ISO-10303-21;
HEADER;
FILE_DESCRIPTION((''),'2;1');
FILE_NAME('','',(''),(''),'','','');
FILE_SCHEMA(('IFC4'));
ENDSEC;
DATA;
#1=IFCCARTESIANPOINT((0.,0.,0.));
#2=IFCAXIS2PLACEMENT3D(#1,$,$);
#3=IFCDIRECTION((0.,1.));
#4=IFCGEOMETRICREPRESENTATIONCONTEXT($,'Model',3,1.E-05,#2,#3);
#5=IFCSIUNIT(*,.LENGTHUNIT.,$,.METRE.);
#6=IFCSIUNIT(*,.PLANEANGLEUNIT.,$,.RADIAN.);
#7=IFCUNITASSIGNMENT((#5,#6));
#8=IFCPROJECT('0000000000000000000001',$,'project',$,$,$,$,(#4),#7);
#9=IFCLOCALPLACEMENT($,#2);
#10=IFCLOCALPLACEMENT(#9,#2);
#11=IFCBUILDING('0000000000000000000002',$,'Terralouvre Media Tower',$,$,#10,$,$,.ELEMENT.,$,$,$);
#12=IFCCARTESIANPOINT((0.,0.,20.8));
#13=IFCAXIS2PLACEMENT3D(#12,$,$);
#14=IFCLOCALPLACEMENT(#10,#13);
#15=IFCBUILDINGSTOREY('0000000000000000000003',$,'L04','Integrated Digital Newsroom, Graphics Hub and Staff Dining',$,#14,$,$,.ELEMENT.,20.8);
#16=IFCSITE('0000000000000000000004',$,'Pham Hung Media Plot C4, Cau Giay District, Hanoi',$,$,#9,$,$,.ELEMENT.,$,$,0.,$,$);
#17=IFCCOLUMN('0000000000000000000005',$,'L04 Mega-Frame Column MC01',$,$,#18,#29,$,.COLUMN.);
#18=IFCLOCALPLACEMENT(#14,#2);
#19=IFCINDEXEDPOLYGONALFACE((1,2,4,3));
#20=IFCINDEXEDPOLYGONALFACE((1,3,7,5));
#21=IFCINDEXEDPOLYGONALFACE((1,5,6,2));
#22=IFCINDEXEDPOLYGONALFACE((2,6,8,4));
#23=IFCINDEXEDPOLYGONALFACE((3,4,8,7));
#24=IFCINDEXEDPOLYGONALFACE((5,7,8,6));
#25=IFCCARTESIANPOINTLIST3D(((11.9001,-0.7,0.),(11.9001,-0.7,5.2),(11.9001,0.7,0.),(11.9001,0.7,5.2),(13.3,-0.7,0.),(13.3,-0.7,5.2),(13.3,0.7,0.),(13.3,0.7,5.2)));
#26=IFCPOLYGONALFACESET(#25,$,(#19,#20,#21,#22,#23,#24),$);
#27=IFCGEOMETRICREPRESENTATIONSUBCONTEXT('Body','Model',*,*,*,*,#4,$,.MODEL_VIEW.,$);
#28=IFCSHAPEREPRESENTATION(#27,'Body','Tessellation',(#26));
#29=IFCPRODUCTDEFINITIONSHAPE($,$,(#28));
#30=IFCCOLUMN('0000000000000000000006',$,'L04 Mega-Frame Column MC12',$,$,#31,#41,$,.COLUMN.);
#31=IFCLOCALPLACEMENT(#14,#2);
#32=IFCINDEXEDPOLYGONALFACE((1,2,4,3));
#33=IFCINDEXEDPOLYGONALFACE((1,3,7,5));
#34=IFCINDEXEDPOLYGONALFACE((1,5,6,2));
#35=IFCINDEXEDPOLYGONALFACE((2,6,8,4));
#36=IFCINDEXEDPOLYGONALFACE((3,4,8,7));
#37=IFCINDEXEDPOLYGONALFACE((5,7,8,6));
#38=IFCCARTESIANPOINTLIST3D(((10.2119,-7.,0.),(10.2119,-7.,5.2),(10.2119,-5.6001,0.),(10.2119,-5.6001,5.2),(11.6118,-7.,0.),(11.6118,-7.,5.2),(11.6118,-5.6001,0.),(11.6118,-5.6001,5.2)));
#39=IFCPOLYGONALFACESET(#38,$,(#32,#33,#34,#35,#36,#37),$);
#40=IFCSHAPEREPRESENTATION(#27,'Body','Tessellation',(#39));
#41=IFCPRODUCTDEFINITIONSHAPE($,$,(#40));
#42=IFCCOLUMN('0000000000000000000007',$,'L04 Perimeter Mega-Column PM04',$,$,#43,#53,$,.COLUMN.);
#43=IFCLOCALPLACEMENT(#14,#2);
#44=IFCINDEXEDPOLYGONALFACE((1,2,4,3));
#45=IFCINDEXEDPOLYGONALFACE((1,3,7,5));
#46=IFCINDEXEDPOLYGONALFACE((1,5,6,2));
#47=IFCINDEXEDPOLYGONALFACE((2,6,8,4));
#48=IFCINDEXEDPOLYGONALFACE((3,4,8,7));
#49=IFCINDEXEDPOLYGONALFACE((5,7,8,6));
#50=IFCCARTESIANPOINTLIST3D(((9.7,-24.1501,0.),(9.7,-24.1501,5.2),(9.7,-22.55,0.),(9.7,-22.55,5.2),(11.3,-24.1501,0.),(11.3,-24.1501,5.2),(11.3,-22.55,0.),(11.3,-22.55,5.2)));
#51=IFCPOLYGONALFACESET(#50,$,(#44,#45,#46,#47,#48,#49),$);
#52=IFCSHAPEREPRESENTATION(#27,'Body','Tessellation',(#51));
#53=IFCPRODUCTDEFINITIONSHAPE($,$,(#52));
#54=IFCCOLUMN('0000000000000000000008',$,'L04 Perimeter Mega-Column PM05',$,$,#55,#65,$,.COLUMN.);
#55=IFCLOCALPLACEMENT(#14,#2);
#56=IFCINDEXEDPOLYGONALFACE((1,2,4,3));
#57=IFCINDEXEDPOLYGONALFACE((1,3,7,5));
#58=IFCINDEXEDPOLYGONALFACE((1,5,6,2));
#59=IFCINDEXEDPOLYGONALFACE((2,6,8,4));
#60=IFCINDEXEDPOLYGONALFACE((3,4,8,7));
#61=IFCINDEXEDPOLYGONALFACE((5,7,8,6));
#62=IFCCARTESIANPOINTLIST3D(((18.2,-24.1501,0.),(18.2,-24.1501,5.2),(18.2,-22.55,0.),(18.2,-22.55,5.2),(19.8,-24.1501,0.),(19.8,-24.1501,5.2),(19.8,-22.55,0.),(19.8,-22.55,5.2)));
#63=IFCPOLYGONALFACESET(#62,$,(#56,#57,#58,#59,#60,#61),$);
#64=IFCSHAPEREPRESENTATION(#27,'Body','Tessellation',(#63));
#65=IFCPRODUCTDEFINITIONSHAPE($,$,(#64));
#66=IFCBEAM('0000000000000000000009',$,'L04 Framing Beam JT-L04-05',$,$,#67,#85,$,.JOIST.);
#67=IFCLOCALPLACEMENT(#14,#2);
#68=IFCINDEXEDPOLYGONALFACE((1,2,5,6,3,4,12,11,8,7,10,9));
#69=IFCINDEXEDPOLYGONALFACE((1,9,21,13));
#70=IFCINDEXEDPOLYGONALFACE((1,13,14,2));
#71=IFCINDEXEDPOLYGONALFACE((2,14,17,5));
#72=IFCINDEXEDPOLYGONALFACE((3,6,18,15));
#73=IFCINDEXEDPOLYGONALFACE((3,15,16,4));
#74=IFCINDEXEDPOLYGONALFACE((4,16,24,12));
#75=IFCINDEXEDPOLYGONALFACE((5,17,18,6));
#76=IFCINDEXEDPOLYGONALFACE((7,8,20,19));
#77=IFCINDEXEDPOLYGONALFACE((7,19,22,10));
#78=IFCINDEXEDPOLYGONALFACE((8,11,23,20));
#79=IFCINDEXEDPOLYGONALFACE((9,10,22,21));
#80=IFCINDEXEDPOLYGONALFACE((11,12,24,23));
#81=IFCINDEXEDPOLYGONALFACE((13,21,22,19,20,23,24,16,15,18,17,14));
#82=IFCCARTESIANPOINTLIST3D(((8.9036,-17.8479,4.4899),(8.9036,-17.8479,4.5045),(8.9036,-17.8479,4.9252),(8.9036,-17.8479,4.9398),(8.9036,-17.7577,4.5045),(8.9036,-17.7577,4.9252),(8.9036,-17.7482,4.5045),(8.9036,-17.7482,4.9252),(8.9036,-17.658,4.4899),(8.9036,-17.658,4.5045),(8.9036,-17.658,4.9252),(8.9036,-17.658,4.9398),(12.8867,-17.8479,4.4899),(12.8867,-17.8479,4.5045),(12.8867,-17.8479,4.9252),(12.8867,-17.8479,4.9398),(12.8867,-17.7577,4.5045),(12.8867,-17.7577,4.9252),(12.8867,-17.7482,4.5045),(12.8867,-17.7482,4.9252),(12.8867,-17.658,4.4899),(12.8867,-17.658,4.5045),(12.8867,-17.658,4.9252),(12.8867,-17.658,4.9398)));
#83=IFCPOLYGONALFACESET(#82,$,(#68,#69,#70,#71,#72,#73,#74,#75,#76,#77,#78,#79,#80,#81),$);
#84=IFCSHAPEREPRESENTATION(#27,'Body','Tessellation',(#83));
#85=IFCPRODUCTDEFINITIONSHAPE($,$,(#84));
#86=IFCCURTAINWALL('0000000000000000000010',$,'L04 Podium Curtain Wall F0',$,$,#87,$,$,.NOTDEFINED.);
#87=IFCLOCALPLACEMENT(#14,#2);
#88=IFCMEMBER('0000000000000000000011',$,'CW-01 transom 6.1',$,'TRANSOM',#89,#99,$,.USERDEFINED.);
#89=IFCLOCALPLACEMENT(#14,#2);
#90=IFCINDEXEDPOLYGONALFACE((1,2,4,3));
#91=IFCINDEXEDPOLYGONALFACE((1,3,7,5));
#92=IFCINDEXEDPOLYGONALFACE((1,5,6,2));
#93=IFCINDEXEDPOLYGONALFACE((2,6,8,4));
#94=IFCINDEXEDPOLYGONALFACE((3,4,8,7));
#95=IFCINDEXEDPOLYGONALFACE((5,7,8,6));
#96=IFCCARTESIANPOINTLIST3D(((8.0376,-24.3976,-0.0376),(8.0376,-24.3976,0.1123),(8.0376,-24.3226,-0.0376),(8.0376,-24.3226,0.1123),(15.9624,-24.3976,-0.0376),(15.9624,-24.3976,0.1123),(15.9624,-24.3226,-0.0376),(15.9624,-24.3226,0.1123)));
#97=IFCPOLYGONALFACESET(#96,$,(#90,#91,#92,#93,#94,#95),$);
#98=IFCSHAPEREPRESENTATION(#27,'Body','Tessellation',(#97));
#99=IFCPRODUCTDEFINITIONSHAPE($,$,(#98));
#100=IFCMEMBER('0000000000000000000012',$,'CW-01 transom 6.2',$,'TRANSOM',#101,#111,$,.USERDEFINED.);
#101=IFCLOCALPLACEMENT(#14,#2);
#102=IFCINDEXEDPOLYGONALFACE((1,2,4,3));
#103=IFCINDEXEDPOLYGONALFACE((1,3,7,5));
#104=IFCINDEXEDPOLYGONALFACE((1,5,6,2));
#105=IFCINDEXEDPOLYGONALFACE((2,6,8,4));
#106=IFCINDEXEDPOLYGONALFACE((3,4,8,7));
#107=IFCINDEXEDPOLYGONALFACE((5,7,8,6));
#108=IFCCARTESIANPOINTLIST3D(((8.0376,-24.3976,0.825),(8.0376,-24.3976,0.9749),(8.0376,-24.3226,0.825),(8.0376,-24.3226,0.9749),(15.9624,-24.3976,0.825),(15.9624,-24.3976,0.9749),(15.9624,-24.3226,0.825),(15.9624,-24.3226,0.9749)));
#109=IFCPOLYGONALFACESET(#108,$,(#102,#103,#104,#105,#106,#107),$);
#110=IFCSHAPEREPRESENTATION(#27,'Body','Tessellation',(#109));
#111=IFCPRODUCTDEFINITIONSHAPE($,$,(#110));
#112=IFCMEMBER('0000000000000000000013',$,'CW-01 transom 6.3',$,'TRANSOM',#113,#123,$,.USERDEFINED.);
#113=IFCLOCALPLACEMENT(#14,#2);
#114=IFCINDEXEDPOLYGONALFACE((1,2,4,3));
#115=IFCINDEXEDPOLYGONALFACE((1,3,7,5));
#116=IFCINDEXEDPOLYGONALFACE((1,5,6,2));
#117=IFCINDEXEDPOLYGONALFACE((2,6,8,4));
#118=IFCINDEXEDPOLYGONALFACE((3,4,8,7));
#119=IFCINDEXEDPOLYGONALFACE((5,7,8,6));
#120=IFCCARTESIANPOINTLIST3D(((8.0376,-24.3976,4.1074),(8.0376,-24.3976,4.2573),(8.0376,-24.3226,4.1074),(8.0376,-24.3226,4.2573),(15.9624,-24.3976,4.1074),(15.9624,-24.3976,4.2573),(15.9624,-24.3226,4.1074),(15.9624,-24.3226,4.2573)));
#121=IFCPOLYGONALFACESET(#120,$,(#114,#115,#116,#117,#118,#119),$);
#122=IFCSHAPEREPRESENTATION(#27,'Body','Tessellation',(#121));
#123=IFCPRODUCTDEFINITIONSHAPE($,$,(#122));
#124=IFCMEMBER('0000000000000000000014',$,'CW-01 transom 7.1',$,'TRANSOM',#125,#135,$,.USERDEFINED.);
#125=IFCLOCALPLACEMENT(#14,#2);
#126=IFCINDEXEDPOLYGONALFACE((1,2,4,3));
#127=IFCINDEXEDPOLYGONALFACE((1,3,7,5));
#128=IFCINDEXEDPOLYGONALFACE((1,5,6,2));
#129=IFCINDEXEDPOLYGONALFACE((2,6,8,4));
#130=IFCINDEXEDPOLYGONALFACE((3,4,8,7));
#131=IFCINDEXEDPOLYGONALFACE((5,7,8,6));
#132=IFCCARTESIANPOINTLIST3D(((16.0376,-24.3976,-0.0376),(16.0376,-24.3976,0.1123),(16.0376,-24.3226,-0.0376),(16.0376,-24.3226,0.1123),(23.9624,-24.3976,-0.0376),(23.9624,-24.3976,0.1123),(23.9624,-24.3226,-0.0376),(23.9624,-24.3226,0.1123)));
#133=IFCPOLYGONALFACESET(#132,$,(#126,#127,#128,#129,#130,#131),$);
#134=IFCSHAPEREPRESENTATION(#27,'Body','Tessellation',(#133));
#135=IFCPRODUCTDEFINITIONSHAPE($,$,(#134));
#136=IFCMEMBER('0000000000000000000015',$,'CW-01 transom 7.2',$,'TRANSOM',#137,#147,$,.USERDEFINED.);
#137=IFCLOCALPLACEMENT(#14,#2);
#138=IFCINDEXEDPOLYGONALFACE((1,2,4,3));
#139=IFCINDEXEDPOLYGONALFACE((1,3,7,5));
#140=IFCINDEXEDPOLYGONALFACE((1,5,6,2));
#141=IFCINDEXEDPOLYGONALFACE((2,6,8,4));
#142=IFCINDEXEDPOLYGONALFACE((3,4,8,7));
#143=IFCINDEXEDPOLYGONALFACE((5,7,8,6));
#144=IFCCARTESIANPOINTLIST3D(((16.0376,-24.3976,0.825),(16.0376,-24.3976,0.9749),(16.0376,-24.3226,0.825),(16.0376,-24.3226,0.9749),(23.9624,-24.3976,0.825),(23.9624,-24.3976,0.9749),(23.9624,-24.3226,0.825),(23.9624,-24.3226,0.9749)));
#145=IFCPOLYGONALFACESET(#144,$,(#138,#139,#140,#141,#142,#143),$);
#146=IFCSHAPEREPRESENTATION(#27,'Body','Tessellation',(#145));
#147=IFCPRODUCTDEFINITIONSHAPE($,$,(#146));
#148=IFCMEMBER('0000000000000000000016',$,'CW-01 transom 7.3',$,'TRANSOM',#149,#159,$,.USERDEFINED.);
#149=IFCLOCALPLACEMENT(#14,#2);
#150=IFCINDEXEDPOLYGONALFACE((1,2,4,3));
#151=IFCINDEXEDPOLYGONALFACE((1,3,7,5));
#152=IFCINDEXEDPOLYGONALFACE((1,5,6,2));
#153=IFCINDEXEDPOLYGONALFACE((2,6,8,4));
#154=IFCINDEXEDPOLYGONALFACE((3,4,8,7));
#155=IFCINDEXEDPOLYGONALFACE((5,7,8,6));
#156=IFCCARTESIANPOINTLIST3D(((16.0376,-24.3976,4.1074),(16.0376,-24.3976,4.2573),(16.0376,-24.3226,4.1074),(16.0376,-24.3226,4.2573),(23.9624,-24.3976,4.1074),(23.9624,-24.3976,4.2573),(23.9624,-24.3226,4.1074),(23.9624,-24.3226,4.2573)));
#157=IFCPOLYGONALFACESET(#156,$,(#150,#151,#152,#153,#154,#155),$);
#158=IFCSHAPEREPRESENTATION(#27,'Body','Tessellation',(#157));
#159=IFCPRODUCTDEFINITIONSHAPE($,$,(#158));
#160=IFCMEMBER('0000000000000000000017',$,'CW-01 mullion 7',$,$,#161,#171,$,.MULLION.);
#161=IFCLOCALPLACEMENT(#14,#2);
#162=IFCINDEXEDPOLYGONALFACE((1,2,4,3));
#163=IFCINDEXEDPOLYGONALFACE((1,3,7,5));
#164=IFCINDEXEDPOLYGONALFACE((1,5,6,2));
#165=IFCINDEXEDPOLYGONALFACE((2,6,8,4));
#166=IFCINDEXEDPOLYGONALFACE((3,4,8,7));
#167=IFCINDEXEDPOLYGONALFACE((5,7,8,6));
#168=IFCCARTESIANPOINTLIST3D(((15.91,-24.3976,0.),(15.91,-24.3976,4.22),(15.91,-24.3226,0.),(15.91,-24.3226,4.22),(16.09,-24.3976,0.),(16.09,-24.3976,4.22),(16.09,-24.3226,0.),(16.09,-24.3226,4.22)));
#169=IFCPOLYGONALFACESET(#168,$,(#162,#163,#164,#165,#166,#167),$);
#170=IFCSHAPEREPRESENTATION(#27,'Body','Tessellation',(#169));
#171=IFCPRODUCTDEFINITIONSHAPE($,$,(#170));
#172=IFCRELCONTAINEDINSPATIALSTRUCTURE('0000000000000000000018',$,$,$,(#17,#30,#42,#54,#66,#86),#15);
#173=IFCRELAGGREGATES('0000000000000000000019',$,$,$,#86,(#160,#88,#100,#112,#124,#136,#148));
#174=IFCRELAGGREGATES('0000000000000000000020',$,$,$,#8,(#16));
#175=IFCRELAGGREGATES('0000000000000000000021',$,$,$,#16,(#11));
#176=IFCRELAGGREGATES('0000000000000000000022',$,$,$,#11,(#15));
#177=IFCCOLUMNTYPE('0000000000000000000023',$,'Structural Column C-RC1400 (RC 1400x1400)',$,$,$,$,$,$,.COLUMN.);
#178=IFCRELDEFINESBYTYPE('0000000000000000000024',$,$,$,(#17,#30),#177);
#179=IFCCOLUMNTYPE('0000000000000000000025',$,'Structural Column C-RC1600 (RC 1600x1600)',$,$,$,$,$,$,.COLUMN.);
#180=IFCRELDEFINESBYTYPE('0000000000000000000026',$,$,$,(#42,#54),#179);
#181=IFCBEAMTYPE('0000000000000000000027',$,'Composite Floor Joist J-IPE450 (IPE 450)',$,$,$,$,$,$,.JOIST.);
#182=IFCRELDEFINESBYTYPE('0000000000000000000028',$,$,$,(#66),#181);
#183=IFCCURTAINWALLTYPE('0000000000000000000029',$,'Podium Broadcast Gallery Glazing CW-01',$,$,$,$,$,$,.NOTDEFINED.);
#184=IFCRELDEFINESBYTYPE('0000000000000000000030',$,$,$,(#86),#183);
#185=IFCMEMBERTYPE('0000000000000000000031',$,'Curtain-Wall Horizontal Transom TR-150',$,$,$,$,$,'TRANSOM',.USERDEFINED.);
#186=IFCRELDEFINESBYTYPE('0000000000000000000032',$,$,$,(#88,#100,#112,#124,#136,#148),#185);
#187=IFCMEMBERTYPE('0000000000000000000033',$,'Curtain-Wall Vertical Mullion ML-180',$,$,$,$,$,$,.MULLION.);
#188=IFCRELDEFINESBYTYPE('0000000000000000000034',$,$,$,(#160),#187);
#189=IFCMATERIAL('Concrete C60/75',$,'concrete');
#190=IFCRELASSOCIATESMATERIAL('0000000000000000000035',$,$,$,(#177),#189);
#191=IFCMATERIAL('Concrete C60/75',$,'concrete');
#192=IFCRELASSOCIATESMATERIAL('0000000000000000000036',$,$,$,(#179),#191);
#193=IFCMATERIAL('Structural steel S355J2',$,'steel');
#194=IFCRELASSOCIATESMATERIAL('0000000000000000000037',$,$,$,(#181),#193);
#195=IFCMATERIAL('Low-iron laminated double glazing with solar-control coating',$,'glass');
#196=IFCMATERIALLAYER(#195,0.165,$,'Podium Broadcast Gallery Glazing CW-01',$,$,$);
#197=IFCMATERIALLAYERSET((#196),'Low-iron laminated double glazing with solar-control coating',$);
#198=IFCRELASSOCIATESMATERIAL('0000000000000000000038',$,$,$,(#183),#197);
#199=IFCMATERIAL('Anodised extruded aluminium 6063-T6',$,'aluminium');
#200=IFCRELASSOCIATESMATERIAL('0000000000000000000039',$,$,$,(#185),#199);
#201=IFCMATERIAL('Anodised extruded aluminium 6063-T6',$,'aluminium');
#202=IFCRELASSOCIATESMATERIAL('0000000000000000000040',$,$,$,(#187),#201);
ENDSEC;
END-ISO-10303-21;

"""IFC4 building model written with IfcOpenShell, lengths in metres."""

from ifc_helpers import new_model, si_unit, direction, frame, origin, origin_2d, place, context, subcontext, project, spatial, rectangle, i_section, extrude, material, layer, layer_set, material_profile, profile_set, type_object, element, aggregate, save


model = new_model("IFC4")

# Units and contexts
model_context = context("Model", 3, precision=1e-05, world=origin(), true_north=direction((0.0, 1.0)))
body_context = subcontext(model_context, "Body", "Model", "MODEL_VIEW")
ifc_project = project(units=[si_unit("LENGTHUNIT", "METRE"), si_unit("PLANEANGLEUNIT", "RADIAN")], contexts=[model_context])

# Site, building, storey
site_placement = place(None, origin())
site = spatial("IfcSite", under=ifc_project, at=site_placement, Name="Pham Hung Media Plot C4, Cau Giay District, Hanoi", CompositionType="ELEMENT", RefElevation=0.0)
building_placement = place(site_placement, origin())
building = spatial("IfcBuilding", under=site, at=building_placement, Name="Terralouvre Media Tower", CompositionType="ELEMENT")
storey_placement = place(building_placement, frame((0.0, 0.0, 20.8)))
storey = spatial("IfcBuildingStorey", under=building, at=storey_placement, Name="L04", Description="Integrated Digital Newsroom, Graphics Hub and Staff Dining", CompositionType="ELEMENT", Elevation=20.8)

# Columns
ifc_material_1 = material(Name="Concrete C60/75", Category="concrete")
ifc_material_profile_1 = material_profile(ifc_material_1, rectangle(XDim=1.3999, YDim=1.3999, at=origin_2d()), Name="RC 1400x1400")
ifc_profile_set_1 = profile_set([ifc_material_profile_1], Name="Concrete C60/75")
column_type_1 = type_object("IfcColumnType", Name="Structural Column C-RC1400 (RC 1400x1400)", PredefinedType="COLUMN", material=ifc_profile_set_1)
for number, where, z_axis, x_axis, name in (
    (1, (12.6001, 0.0, 0.0), (0.0, 0.0, 1.0), (1.0, 0.0, 0.0), "L04 Mega-Frame Column MC01"),
    (2, (10.9119, -6.3, 0.0), (0.0, 0.0, 1.0), (1.0, 0.0, 0.0), "L04 Mega-Frame Column MC12"),
):
    element("IfcColumn", number, at=place(storey_placement, frame(where, z_axis=z_axis, x_axis=x_axis)), inside=storey, type_object=column_type_1, Name=name, PredefinedType="COLUMN", context=body_context, shape_type="SweptSolid", body=[
        extrude(rectangle(XDim=1.3999, YDim=1.3999, at=origin_2d()), origin(), (0.0, 0.0, 1.0), 5.2),
    ])
ifc_material_2 = material(Name="Concrete C60/75", Category="concrete")
ifc_material_profile_2 = material_profile(ifc_material_2, rectangle(XDim=1.6001, YDim=1.6001, at=origin_2d()), Name="RC 1600x1600")
ifc_profile_set_2 = profile_set([ifc_material_profile_2], Name="Concrete C60/75")
column_type_2 = type_object("IfcColumnType", Name="Structural Column C-RC1600 (RC 1600x1600)", PredefinedType="COLUMN", material=ifc_profile_set_2)
for number, where, z_axis, x_axis, name in (
    (3, (10.5, -23.3501, 0.0), (0.0, 0.0, 1.0), (1.0, 0.0, 0.0), "L04 Perimeter Mega-Column PM04"),
    (4, (19.0, -23.3501, 0.0), (0.0, 0.0, 1.0), (1.0, 0.0, 0.0), "L04 Perimeter Mega-Column PM05"),
):
    element("IfcColumn", number, at=place(storey_placement, frame(where, z_axis=z_axis, x_axis=x_axis)), inside=storey, type_object=column_type_2, Name=name, PredefinedType="COLUMN", context=body_context, shape_type="SweptSolid", body=[
        extrude(rectangle(XDim=1.6001, YDim=1.6001, at=origin_2d()), origin(), (0.0, 0.0, 1.0), 5.2),
    ])

# Beam
ifc_material_3 = material(Name="Structural steel S355J2", Category="steel")
ifc_material_profile_3 = material_profile(ifc_material_3, i_section(OverallWidth=0.1899, OverallDepth=0.45, WebThickness=0.0095, FlangeThickness=0.0146, at=origin_2d()), Name="IPE 450")
ifc_profile_set_3 = profile_set([ifc_material_profile_3], Name="Structural steel S355J2")
beam_type_1 = type_object("IfcBeamType", Name="Composite Floor Joist J-IPE450 (IPE 450)", PredefinedType="JOIST", material=ifc_profile_set_3)
beam_1_placement = place(storey_placement, frame((8.9036, -17.7529, 4.7148), z_axis=(1.0, 0.0, 0.0), x_axis=(0.0, 1.0, 0.0)))
element("IfcBeam", 5, at=beam_1_placement, inside=storey, type_object=beam_type_1, Name="L04 Framing Beam JT-L04-05", PredefinedType="JOIST", context=body_context, shape_type="SweptSolid", body=[
    extrude(i_section(OverallWidth=0.1899, OverallDepth=0.45, WebThickness=0.0095, FlangeThickness=0.0146, at=origin_2d()), origin(), (0.0, 0.0, 1.0), 3.9832),
])

# Curtain wall, members
ifc_material_4 = material(Name="Low-iron laminated double glazing with solar-control coating", Category="glass")
ifc_layer_1 = layer(ifc_material_4, 0.165, Name="Podium Broadcast Gallery Glazing CW-01")
ifc_layer_set_1 = layer_set([ifc_layer_1], Name="Low-iron laminated double glazing with solar-control coating")
curtain_wall_type = type_object("IfcCurtainWallType", Name="Podium Broadcast Gallery Glazing CW-01", PredefinedType="NOTDEFINED", material=ifc_layer_set_1)
curtain_wall_placement = place(storey_placement, origin())
curtain_wall = element("IfcCurtainWall", 6, at=curtain_wall_placement, inside=storey, type_object=curtain_wall_type, Name="L04 Podium Curtain Wall F0", PredefinedType="NOTDEFINED")
ifc_material_5 = material(Name="Anodised extruded aluminium 6063-T6", Category="aluminium")
ifc_material_profile_4 = material_profile(ifc_material_5, rectangle(XDim=0.075, YDim=0.1499, at=origin_2d()), Name="ALU 75x150")
ifc_profile_set_4 = profile_set([ifc_material_profile_4], Name="Anodised extruded aluminium 6063-T6")
member_type_1 = type_object("IfcMemberType", Name="Curtain-Wall Horizontal Transom TR-150", ElementType="TRANSOM", PredefinedType="USERDEFINED", material=ifc_profile_set_4)
member_1_placement = place(storey_placement, frame((8.0376, -24.3601, 0.0374), z_axis=(1.0, 0.0, 0.0), x_axis=(0.0, 1.0, 0.0)))
member_1 = element("IfcMember", 7, at=member_1_placement, type_object=member_type_1, Name="CW-01 transom 6.1", ObjectType="TRANSOM", PredefinedType="USERDEFINED", context=body_context, shape_type="SweptSolid", body=[
    extrude(rectangle(XDim=0.075, YDim=0.1499, at=origin_2d()), origin(), (0.0, 0.0, 1.0), 7.9248),
])
member_2_placement = place(storey_placement, frame((8.0376, -24.3601, 0.8999), z_axis=(1.0, 0.0, 0.0), x_axis=(0.0, 1.0, 0.0)))
member_2 = element("IfcMember", 8, at=member_2_placement, type_object=member_type_1, Name="CW-01 transom 6.2", ObjectType="TRANSOM", PredefinedType="USERDEFINED", context=body_context, shape_type="SweptSolid", body=[
    extrude(rectangle(XDim=0.075, YDim=0.1499, at=origin_2d()), origin(), (0.0, 0.0, 1.0), 7.9248),
])
member_3_placement = place(storey_placement, frame((8.0376, -24.3601, 4.1824), z_axis=(1.0, 0.0, 0.0), x_axis=(0.0, 1.0, 0.0)))
member_3 = element("IfcMember", 9, at=member_3_placement, type_object=member_type_1, Name="CW-01 transom 6.3", ObjectType="TRANSOM", PredefinedType="USERDEFINED", context=body_context, shape_type="SweptSolid", body=[
    extrude(rectangle(XDim=0.075, YDim=0.1499, at=origin_2d()), origin(), (0.0, 0.0, 1.0), 7.9248),
])
member_4_placement = place(storey_placement, frame((16.0376, -24.3601, 0.0374), z_axis=(1.0, 0.0, 0.0), x_axis=(0.0, 1.0, 0.0)))
member_4 = element("IfcMember", 10, at=member_4_placement, type_object=member_type_1, Name="CW-01 transom 7.1", ObjectType="TRANSOM", PredefinedType="USERDEFINED", context=body_context, shape_type="SweptSolid", body=[
    extrude(rectangle(XDim=0.075, YDim=0.1499, at=origin_2d()), origin(), (0.0, 0.0, 1.0), 7.9248),
])
member_5_placement = place(storey_placement, frame((16.0376, -24.3601, 0.8999), z_axis=(1.0, 0.0, 0.0), x_axis=(0.0, 1.0, 0.0)))
member_5 = element("IfcMember", 11, at=member_5_placement, type_object=member_type_1, Name="CW-01 transom 7.2", ObjectType="TRANSOM", PredefinedType="USERDEFINED", context=body_context, shape_type="SweptSolid", body=[
    extrude(rectangle(XDim=0.075, YDim=0.1499, at=origin_2d()), origin(), (0.0, 0.0, 1.0), 7.9248),
])
member_6_placement = place(storey_placement, frame((16.0376, -24.3601, 4.1824), z_axis=(1.0, 0.0, 0.0), x_axis=(0.0, 1.0, 0.0)))
member_6 = element("IfcMember", 12, at=member_6_placement, type_object=member_type_1, Name="CW-01 transom 7.3", ObjectType="TRANSOM", PredefinedType="USERDEFINED", context=body_context, shape_type="SweptSolid", body=[
    extrude(rectangle(XDim=0.075, YDim=0.1499, at=origin_2d()), origin(), (0.0, 0.0, 1.0), 7.9248),
])
ifc_material_6 = material(Name="Anodised extruded aluminium 6063-T6", Category="aluminium")
ifc_material_profile_5 = material_profile(ifc_material_6, rectangle(XDim=0.075, YDim=0.1799, at=origin_2d()), Name="ALU 75x180")
ifc_profile_set_5 = profile_set([ifc_material_profile_5], Name="Anodised extruded aluminium 6063-T6")
member_type_2 = type_object("IfcMemberType", Name="Curtain-Wall Vertical Mullion ML-180", PredefinedType="MULLION", material=ifc_profile_set_5)
member_7_placement = place(storey_placement, frame((16.0, -24.3601, 0.0), z_axis=(0.0, 0.0, 1.0), x_axis=(0.0, 1.0, 0.0)))
member_7 = element("IfcMember", 13, at=member_7_placement, type_object=member_type_2, Name="CW-01 mullion 7", PredefinedType="MULLION", context=body_context, shape_type="SweptSolid", body=[
    extrude(rectangle(XDim=0.075, YDim=0.1799, at=origin_2d()), origin(), (0.0, 0.0, 1.0), 4.22),
])

aggregate(curtain_wall, [member_7, member_1, member_2, member_3, member_4, member_5, member_6])

save(model, "model.ifc")
